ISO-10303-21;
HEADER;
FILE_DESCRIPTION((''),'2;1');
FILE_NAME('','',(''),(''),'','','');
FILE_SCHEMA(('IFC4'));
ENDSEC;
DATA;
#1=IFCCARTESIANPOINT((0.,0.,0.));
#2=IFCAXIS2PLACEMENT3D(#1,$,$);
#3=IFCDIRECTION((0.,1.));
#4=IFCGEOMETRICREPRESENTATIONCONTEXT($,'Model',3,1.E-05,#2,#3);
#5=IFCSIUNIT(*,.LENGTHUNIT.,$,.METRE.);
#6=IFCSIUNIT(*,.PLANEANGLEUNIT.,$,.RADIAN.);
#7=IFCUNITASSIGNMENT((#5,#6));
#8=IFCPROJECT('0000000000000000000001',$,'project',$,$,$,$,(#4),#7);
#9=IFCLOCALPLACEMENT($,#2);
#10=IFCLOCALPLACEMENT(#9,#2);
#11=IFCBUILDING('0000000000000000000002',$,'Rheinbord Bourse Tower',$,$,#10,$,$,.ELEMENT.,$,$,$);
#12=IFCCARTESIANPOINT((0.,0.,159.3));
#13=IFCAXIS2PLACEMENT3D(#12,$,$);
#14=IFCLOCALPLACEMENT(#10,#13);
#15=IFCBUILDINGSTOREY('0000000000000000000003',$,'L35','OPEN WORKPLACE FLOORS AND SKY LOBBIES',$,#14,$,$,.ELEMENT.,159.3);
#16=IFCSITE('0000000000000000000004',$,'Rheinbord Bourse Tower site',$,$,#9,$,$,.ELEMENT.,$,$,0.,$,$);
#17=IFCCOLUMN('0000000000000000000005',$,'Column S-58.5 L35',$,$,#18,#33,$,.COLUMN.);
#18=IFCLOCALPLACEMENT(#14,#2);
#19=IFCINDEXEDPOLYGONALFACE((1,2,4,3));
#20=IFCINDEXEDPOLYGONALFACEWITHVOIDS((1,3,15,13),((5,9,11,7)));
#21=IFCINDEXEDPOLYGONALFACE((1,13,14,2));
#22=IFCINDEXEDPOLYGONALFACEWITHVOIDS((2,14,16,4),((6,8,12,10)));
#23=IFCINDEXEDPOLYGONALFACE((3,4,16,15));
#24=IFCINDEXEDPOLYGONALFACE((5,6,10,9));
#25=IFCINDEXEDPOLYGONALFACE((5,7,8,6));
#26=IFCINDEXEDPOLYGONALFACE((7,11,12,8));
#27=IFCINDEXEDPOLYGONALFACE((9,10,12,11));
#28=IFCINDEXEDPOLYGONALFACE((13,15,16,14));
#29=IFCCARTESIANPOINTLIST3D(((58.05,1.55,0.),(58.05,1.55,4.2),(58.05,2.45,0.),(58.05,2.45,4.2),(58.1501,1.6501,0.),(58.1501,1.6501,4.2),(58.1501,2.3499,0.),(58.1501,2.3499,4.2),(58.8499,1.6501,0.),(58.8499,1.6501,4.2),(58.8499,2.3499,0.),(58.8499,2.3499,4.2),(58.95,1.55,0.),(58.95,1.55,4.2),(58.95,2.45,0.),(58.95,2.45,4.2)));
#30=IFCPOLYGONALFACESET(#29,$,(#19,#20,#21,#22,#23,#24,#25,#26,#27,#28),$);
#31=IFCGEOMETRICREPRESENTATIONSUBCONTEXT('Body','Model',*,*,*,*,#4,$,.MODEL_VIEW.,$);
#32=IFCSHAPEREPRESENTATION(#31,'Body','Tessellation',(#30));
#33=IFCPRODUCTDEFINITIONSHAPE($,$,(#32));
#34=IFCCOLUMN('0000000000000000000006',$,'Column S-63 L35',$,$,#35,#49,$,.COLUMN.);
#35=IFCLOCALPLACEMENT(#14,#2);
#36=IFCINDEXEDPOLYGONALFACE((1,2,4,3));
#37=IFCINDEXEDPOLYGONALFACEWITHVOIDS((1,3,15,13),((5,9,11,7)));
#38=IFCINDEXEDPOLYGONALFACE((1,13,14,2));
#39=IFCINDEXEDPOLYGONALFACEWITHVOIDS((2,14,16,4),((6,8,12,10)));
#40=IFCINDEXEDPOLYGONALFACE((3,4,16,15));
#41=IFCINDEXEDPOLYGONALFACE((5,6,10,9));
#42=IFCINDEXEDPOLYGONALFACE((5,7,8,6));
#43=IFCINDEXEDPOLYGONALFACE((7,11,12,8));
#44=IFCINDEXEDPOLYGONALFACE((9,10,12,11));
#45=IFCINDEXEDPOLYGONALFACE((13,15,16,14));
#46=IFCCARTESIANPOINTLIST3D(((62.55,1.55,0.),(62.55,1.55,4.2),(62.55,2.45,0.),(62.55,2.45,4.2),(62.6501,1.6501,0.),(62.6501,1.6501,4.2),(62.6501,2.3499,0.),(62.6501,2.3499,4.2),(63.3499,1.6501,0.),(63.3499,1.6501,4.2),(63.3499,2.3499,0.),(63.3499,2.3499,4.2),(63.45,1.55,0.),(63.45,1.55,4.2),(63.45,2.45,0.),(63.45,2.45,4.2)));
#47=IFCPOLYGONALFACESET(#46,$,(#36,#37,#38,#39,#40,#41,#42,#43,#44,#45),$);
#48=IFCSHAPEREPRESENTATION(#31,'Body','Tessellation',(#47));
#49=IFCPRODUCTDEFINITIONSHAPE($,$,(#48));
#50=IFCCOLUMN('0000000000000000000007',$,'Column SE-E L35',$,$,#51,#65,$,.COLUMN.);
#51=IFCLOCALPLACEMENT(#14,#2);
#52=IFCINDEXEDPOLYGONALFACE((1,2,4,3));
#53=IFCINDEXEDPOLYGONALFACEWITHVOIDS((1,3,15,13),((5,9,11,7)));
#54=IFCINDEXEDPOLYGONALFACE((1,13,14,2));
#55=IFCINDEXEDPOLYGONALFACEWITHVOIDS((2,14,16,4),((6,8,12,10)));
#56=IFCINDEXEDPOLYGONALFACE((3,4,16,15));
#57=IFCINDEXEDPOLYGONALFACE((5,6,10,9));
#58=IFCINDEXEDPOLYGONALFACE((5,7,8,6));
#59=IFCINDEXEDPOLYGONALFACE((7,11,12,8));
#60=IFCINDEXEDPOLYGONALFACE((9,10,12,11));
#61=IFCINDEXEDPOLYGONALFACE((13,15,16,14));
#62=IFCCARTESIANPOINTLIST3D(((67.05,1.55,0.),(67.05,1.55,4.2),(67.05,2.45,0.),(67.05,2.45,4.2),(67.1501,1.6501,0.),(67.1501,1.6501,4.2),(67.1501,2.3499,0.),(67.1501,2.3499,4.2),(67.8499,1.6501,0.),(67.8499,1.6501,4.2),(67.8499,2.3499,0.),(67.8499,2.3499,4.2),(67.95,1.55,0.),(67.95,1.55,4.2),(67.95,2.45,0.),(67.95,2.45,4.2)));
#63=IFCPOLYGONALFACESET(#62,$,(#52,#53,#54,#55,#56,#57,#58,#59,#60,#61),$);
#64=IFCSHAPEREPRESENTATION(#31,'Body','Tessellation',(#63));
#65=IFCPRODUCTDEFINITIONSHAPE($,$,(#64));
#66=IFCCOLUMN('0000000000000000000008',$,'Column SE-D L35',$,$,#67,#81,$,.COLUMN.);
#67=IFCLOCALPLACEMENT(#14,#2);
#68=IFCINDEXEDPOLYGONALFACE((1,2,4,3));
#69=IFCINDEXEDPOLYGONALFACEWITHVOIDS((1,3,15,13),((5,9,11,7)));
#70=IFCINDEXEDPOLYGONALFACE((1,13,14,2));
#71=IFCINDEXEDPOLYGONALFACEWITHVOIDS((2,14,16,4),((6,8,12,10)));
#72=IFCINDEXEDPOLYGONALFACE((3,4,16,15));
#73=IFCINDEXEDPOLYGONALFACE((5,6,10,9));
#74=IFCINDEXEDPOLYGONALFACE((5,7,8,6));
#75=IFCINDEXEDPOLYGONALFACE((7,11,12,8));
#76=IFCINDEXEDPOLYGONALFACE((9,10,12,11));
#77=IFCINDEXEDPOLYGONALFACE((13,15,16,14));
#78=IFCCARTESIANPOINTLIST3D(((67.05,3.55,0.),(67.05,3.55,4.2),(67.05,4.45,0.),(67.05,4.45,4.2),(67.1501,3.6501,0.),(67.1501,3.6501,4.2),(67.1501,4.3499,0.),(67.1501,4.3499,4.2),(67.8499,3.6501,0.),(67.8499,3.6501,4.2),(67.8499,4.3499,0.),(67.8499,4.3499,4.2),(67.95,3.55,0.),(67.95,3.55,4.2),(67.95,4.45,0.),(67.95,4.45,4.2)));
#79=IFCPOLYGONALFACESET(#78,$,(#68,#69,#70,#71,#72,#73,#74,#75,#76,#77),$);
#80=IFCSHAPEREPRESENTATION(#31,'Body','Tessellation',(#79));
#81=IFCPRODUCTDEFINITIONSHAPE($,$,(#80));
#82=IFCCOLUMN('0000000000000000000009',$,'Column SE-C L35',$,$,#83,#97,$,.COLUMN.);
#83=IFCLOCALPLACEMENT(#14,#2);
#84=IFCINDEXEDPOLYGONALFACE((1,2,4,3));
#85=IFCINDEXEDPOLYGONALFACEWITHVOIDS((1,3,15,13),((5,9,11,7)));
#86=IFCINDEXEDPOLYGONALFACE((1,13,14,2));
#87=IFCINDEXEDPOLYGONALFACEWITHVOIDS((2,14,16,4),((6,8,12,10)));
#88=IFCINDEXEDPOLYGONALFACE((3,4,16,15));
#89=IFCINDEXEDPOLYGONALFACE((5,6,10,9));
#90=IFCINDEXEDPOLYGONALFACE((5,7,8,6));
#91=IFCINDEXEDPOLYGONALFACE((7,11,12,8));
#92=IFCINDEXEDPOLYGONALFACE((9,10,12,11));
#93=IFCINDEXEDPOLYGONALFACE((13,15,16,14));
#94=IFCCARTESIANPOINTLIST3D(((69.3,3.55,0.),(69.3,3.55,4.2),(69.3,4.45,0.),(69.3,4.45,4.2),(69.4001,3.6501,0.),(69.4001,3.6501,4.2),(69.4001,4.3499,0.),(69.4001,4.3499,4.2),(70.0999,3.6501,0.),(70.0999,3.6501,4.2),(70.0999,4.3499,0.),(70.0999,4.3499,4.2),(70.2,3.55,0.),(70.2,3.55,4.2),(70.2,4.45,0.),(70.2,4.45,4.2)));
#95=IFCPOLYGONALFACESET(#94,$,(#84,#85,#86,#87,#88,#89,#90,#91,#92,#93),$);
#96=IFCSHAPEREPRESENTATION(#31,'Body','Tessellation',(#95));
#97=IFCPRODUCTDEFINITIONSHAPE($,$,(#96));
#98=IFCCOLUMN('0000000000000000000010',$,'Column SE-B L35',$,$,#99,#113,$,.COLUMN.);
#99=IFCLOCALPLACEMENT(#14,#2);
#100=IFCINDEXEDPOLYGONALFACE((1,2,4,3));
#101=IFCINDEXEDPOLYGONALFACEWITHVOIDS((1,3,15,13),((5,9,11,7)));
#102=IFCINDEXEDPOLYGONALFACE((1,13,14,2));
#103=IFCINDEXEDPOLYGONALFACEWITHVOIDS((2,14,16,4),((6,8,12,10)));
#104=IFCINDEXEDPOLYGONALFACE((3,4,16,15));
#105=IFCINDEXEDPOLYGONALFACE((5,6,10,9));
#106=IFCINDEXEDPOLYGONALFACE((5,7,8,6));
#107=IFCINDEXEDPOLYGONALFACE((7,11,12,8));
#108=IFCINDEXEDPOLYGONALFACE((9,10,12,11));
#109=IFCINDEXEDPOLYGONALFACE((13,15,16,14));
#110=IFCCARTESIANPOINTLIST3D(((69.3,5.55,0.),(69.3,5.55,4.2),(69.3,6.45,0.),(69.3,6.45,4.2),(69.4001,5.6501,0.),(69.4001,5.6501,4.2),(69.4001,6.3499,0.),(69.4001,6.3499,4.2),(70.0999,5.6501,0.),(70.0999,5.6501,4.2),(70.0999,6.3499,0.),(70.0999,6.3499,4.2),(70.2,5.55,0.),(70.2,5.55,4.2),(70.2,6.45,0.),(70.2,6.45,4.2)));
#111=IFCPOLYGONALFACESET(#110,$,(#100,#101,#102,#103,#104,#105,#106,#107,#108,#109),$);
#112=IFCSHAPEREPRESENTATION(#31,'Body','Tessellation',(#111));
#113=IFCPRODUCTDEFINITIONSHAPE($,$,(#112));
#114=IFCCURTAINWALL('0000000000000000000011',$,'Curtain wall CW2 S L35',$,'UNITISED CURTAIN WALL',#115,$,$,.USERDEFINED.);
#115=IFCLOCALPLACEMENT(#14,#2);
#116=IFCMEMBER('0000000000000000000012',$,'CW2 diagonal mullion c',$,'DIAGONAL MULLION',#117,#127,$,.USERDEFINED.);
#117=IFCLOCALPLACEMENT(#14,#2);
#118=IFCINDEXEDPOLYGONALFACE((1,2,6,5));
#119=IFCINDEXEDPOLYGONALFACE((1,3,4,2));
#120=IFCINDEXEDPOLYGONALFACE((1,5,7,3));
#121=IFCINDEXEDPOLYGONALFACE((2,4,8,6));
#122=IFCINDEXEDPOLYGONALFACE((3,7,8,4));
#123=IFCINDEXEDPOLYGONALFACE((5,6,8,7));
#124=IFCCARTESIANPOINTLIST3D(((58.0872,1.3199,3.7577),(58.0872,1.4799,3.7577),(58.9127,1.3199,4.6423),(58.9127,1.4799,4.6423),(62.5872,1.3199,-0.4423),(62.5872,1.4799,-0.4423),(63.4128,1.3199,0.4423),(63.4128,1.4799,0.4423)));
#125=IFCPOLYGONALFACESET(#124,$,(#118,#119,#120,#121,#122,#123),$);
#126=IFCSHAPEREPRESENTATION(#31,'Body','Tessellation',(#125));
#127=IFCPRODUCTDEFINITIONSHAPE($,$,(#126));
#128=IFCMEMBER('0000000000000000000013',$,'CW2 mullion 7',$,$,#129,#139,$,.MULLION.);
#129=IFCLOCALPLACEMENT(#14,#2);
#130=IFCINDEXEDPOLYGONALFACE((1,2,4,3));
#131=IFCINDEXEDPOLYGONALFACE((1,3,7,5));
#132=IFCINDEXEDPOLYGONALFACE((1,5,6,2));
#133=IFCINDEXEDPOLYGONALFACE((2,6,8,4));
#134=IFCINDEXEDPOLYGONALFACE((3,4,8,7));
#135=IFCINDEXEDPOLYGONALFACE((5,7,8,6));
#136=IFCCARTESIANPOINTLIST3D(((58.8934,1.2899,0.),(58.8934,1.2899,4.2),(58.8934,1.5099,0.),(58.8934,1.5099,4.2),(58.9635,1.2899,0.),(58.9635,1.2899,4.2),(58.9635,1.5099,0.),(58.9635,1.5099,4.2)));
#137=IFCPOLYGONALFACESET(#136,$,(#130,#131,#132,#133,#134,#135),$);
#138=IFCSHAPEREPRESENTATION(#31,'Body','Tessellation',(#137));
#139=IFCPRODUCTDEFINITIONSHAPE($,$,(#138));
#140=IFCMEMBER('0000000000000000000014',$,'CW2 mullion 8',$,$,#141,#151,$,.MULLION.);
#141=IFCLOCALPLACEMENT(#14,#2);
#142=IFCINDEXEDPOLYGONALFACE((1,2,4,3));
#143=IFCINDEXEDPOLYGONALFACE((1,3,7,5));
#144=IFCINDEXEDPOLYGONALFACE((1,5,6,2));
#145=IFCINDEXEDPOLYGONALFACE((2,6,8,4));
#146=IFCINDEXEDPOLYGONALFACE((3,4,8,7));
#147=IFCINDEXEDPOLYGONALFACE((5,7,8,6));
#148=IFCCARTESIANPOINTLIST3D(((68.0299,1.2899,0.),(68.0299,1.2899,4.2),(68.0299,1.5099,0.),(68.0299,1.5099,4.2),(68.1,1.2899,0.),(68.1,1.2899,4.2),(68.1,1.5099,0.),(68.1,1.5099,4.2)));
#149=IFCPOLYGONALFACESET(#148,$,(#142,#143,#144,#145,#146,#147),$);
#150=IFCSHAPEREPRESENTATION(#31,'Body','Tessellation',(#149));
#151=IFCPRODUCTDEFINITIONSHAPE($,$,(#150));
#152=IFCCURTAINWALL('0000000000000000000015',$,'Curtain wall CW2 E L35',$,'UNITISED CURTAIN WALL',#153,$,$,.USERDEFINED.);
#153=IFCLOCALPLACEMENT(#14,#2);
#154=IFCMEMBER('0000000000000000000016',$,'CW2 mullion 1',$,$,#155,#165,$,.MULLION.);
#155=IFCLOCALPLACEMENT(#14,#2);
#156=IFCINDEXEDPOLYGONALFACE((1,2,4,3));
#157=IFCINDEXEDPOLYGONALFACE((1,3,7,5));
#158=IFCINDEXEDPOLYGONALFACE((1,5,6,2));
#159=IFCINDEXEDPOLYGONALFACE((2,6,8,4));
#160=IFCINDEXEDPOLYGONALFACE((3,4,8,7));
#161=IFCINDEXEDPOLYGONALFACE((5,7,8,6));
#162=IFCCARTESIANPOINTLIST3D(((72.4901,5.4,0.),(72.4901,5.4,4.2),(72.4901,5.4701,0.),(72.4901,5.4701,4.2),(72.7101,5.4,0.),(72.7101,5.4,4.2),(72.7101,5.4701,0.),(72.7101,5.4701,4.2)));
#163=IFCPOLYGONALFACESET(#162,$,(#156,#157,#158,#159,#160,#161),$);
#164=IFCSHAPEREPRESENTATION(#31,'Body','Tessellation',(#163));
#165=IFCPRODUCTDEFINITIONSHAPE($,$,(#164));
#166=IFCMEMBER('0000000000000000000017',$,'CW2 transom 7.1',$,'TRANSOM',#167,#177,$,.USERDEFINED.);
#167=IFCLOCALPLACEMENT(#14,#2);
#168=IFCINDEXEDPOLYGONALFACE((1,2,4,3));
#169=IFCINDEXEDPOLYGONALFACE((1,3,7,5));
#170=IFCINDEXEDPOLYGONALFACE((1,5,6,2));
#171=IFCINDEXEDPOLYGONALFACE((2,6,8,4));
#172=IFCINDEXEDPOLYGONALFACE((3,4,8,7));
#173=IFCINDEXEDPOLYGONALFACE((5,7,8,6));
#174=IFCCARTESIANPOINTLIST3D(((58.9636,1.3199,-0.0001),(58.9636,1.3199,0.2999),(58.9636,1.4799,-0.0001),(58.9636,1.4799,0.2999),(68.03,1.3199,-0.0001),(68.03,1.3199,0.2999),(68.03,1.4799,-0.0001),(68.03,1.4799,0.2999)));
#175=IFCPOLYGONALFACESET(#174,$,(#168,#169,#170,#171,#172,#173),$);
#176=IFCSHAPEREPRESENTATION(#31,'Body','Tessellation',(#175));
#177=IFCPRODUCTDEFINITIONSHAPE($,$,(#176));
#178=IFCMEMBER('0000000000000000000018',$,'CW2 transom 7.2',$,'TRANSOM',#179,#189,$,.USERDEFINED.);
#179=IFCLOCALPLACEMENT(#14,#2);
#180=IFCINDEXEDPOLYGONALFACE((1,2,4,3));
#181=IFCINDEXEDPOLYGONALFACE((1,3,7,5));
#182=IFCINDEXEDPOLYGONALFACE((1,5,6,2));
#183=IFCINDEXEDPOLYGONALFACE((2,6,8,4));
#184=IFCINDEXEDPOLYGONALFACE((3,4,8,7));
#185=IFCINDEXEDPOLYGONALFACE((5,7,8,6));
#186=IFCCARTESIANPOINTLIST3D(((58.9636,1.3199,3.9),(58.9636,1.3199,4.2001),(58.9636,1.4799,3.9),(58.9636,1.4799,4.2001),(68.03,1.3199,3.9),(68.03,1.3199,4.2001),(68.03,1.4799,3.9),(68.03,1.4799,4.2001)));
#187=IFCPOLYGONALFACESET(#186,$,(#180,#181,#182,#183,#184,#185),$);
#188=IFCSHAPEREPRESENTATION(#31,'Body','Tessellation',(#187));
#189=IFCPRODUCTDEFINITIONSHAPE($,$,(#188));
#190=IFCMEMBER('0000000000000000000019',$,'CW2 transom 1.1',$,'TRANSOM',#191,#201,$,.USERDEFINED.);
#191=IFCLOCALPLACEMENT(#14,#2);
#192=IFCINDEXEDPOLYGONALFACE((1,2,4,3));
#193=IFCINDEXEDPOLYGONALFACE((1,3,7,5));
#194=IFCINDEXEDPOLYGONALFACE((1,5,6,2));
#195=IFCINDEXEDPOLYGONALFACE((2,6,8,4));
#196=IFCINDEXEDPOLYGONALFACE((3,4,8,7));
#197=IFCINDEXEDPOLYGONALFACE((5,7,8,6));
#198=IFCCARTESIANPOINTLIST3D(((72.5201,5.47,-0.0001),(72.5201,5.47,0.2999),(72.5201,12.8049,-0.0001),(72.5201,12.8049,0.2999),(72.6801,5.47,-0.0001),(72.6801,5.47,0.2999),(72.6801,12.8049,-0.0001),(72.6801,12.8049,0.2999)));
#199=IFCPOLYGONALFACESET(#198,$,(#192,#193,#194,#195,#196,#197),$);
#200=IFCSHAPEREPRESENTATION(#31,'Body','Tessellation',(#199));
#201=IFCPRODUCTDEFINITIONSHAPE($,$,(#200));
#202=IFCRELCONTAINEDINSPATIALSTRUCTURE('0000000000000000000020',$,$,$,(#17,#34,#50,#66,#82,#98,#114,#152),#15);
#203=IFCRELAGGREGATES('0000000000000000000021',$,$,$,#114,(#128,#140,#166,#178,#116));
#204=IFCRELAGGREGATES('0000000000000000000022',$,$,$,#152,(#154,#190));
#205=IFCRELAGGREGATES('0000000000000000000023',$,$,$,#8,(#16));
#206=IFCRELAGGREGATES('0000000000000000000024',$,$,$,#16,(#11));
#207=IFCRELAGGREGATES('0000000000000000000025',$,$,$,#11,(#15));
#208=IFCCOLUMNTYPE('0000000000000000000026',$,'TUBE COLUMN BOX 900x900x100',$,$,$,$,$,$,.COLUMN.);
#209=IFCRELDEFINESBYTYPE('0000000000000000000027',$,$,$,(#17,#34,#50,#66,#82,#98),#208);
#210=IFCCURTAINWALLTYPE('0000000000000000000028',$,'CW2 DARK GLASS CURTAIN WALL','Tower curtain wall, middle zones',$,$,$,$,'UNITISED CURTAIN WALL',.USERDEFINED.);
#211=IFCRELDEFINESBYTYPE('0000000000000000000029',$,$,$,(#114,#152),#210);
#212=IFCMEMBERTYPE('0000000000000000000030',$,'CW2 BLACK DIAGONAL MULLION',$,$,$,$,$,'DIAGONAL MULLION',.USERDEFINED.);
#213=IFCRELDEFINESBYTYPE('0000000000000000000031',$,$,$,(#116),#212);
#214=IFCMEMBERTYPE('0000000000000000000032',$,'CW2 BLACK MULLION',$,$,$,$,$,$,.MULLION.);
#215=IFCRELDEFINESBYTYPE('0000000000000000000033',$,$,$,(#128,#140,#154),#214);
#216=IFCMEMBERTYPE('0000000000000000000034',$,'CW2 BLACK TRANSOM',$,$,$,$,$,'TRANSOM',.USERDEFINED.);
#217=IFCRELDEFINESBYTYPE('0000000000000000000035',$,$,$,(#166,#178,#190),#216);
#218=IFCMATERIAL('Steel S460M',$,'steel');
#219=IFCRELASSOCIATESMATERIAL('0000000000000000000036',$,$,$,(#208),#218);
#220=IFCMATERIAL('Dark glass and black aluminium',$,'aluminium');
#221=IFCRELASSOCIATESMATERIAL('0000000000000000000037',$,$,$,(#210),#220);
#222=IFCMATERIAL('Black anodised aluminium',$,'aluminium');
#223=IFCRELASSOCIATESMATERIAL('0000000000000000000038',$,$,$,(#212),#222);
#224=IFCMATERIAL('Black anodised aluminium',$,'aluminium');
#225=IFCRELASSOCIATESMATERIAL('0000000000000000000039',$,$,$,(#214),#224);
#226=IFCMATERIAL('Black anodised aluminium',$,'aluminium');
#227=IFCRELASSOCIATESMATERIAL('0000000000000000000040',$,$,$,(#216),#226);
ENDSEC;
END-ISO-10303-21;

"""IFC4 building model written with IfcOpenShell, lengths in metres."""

from ifc_helpers import new_model, si_unit, direction, frame, origin, origin_2d, place, context, subcontext, project, spatial, rectangle, hollow_rectangle, extrude, material, material_profile, profile_set, type_object, element, aggregate, save


model = new_model("IFC4")

# Units and contexts
model_context = context("Model", 3, precision=1e-05, world=origin(), true_north=direction((0.0, 1.0)))
body_context = subcontext(model_context, "Body", "Model", "MODEL_VIEW")
ifc_project = project(units=[si_unit("LENGTHUNIT", "METRE"), si_unit("PLANEANGLEUNIT", "RADIAN")], contexts=[model_context])

# Site, building, storey
site_placement = place(None, origin())
site = spatial("IfcSite", under=ifc_project, at=site_placement, Name="Rheinbord Bourse Tower site", CompositionType="ELEMENT", RefElevation=0.0)
building_placement = place(site_placement, origin())
building = spatial("IfcBuilding", under=site, at=building_placement, Name="Rheinbord Bourse Tower", CompositionType="ELEMENT")
storey_placement = place(building_placement, frame((0.0, 0.0, 159.3)))
storey = spatial("IfcBuildingStorey", under=building, at=storey_placement, Name="L35", Description="OPEN WORKPLACE FLOORS AND SKY LOBBIES", CompositionType="ELEMENT", Elevation=159.3)

# Columns
ifc_material_1 = material(Name="Steel S460M", Category="steel")
ifc_material_profile_1 = material_profile(ifc_material_1, hollow_rectangle(XDim=0.8999, YDim=0.8999, WallThickness=0.1001, at=origin_2d()), Name="BOX 900x900x100")
ifc_profile_set_1 = profile_set([ifc_material_profile_1], Name="Steel S460M")
column_type = type_object("IfcColumnType", Name="TUBE COLUMN BOX 900x900x100", PredefinedType="COLUMN", material=ifc_profile_set_1)
for number, where, z_axis, x_axis, name in (
    (1, (58.5, 2.0, 0.0), (0.0, 0.0, 1.0), (0.0, 1.0, 0.0), "Column S-58.5 L35"),
    (2, (63.0, 2.0, 0.0), (0.0, 0.0, 1.0), (0.0, 1.0, 0.0), "Column S-63 L35"),
    (3, (67.5, 2.0, 0.0), (0.0, 0.0, 1.0), (0.0, 1.0, 0.0), "Column SE-E L35"),
    (4, (67.5, 4.0, 0.0), (0.0, 0.0, 1.0), (0.0, 1.0, 0.0), "Column SE-D L35"),
    (5, (69.75, 4.0, 0.0), (0.0, 0.0, 1.0), (1.0, 0.0, 0.0), "Column SE-C L35"),
    (6, (69.75, 6.0, 0.0), (0.0, 0.0, 1.0), (1.0, 0.0, 0.0), "Column SE-B L35"),
):
    element("IfcColumn", number, at=place(storey_placement, frame(where, z_axis=z_axis, x_axis=x_axis)), inside=storey, type_object=column_type, Name=name, PredefinedType="COLUMN", context=body_context, shape_type="SweptSolid", body=[
        extrude(hollow_rectangle(XDim=0.8999, YDim=0.8999, WallThickness=0.1001, at=origin_2d()), origin(), (0.0, 0.0, 1.0), 4.2),
    ])

# Curtain wall, members
ifc_material_2 = material(Name="Dark glass and black aluminium", Category="aluminium")
curtain_wall_type = type_object("IfcCurtainWallType", Name="CW2 DARK GLASS CURTAIN WALL", Description="Tower curtain wall, middle zones", ElementType="UNITISED CURTAIN WALL", PredefinedType="USERDEFINED", material=ifc_material_2)
curtain_wall_1_placement = place(storey_placement, origin())
curtain_wall_1 = element("IfcCurtainWall", 7, at=curtain_wall_1_placement, inside=storey, type_object=curtain_wall_type, Name="Curtain wall CW2 S L35", ObjectType="UNITISED CURTAIN WALL", PredefinedType="USERDEFINED")
ifc_material_3 = material(Name="Black anodised aluminium", Category="aluminium")
ifc_material_profile_2 = material_profile(ifc_material_3, rectangle(XDim=0.1599, YDim=1.21, at=origin_2d()), Name="CW2 DIAGONAL MULLION 1210x160")
ifc_profile_set_2 = profile_set([ifc_material_profile_2], Name="Black anodised aluminium")
member_type_1 = type_object("IfcMemberType", Name="CW2 BLACK DIAGONAL MULLION", ElementType="DIAGONAL MULLION", PredefinedType="USERDEFINED", material=ifc_profile_set_2)
member_1_placement = place(storey_placement, frame((63.0, 1.3999, 0.0), z_axis=(-0.731059, 0.0, 0.682314), x_axis=(0.0, -1.0, 0.0)))
member_1 = element("IfcMember", 8, at=member_1_placement, type_object=member_type_1, Name="CW2 diagonal mullion c", ObjectType="DIAGONAL MULLION", PredefinedType="USERDEFINED", context=body_context, shape_type="SweptSolid", body=[
    extrude(rectangle(XDim=0.1599, YDim=1.21, at=origin_2d()), origin(), (0.0, 0.0, 1.0), 6.1555),
])
ifc_material_4 = material(Name="Black anodised aluminium", Category="aluminium")
ifc_material_profile_3 = material_profile(ifc_material_4, rectangle(XDim=0.22, YDim=0.0701, at=origin_2d()), Name="CW2 MULLION 70x220")
ifc_profile_set_3 = profile_set([ifc_material_profile_3], Name="Black anodised aluminium")
member_type_2 = type_object("IfcMemberType", Name="CW2 BLACK MULLION", PredefinedType="MULLION", material=ifc_profile_set_3)
member_2_placement = place(storey_placement, frame((58.9285, 1.3999, 0.0), z_axis=(0.0, 0.0, 1.0), x_axis=(0.0, 1.0, 0.0)))
member_2 = element("IfcMember", 9, at=member_2_placement, type_object=member_type_2, Name="CW2 mullion 7", PredefinedType="MULLION", context=body_context, shape_type="SweptSolid", body=[
    extrude(rectangle(XDim=0.22, YDim=0.0701, at=origin_2d()), origin(), (0.0, 0.0, 1.0), 4.2),
])
member_3_placement = place(storey_placement, frame((68.0649, 1.3999, 0.0), z_axis=(0.0, 0.0, 1.0), x_axis=(0.0, 1.0, 0.0)))
member_3 = element("IfcMember", 10, at=member_3_placement, type_object=member_type_2, Name="CW2 mullion 8", PredefinedType="MULLION", context=body_context, shape_type="SweptSolid", body=[
    extrude(rectangle(XDim=0.22, YDim=0.0701, at=origin_2d()), origin(), (0.0, 0.0, 1.0), 4.2),
])

# Curtain wall, member
curtain_wall_2_placement = place(storey_placement, origin())
curtain_wall_2 = element("IfcCurtainWall", 11, at=curtain_wall_2_placement, inside=storey, type_object=curtain_wall_type, Name="Curtain wall CW2 E L35", ObjectType="UNITISED CURTAIN WALL", PredefinedType="USERDEFINED")
member_4_placement = place(storey_placement, frame((72.6001, 5.4351, 0.0), z_axis=(0.0, 0.0, 1.0), x_axis=(-1.0, 0.0, 0.0)))
member_4 = element("IfcMember", 12, at=member_4_placement, type_object=member_type_2, Name="CW2 mullion 1", PredefinedType="MULLION", context=body_context, shape_type="SweptSolid", body=[
    extrude(rectangle(XDim=0.22, YDim=0.0701, at=origin_2d()), origin(), (0.0, 0.0, 1.0), 4.2),
])

# Members
ifc_material_5 = material(Name="Black anodised aluminium", Category="aluminium")
ifc_material_profile_4 = material_profile(ifc_material_5, rectangle(XDim=0.1599, YDim=0.3, at=origin_2d()), Name="CW2 TRANSOM 300x160")
ifc_profile_set_4 = profile_set([ifc_material_profile_4], Name="Black anodised aluminium")
member_type_3 = type_object("IfcMemberType", Name="CW2 BLACK TRANSOM", ElementType="TRANSOM", PredefinedType="USERDEFINED", material=ifc_profile_set_4)
member_5_placement = place(storey_placement, frame((58.9636, 1.3999, 0.1499), z_axis=(1.0, 0.0, 0.0), x_axis=(0.0, 1.0, 0.0)))
member_5 = element("IfcMember", 13, at=member_5_placement, type_object=member_type_3, Name="CW2 transom 7.1", ObjectType="TRANSOM", PredefinedType="USERDEFINED", context=body_context, shape_type="SweptSolid", body=[
    extrude(rectangle(XDim=0.1599, YDim=0.3, at=origin_2d()), origin(), (0.0, 0.0, 1.0), 9.0664),
])
member_6_placement = place(storey_placement, frame((58.9636, 1.3999, 4.05), z_axis=(1.0, 0.0, 0.0), x_axis=(0.0, 1.0, 0.0)))
member_6 = element("IfcMember", 14, at=member_6_placement, type_object=member_type_3, Name="CW2 transom 7.2", ObjectType="TRANSOM", PredefinedType="USERDEFINED", context=body_context, shape_type="SweptSolid", body=[
    extrude(rectangle(XDim=0.1599, YDim=0.3, at=origin_2d()), origin(), (0.0, 0.0, 1.0), 9.0664),
])
member_7_placement = place(storey_placement, frame((72.6001, 5.47, 0.1499), z_axis=(0.0, 1.0, 0.0), x_axis=(-1.0, 0.0, 0.0)))
member_7 = element("IfcMember", 15, at=member_7_placement, type_object=member_type_3, Name="CW2 transom 1.1", ObjectType="TRANSOM", PredefinedType="USERDEFINED", context=body_context, shape_type="SweptSolid", body=[
    extrude(rectangle(XDim=0.1599, YDim=0.3, at=origin_2d()), origin(), (0.0, 0.0, 1.0), 7.335),
])

aggregate(curtain_wall_1, [member_2, member_3, member_5, member_6, member_1])
aggregate(curtain_wall_2, [member_4, member_7])

save(model, "model.ifc")
